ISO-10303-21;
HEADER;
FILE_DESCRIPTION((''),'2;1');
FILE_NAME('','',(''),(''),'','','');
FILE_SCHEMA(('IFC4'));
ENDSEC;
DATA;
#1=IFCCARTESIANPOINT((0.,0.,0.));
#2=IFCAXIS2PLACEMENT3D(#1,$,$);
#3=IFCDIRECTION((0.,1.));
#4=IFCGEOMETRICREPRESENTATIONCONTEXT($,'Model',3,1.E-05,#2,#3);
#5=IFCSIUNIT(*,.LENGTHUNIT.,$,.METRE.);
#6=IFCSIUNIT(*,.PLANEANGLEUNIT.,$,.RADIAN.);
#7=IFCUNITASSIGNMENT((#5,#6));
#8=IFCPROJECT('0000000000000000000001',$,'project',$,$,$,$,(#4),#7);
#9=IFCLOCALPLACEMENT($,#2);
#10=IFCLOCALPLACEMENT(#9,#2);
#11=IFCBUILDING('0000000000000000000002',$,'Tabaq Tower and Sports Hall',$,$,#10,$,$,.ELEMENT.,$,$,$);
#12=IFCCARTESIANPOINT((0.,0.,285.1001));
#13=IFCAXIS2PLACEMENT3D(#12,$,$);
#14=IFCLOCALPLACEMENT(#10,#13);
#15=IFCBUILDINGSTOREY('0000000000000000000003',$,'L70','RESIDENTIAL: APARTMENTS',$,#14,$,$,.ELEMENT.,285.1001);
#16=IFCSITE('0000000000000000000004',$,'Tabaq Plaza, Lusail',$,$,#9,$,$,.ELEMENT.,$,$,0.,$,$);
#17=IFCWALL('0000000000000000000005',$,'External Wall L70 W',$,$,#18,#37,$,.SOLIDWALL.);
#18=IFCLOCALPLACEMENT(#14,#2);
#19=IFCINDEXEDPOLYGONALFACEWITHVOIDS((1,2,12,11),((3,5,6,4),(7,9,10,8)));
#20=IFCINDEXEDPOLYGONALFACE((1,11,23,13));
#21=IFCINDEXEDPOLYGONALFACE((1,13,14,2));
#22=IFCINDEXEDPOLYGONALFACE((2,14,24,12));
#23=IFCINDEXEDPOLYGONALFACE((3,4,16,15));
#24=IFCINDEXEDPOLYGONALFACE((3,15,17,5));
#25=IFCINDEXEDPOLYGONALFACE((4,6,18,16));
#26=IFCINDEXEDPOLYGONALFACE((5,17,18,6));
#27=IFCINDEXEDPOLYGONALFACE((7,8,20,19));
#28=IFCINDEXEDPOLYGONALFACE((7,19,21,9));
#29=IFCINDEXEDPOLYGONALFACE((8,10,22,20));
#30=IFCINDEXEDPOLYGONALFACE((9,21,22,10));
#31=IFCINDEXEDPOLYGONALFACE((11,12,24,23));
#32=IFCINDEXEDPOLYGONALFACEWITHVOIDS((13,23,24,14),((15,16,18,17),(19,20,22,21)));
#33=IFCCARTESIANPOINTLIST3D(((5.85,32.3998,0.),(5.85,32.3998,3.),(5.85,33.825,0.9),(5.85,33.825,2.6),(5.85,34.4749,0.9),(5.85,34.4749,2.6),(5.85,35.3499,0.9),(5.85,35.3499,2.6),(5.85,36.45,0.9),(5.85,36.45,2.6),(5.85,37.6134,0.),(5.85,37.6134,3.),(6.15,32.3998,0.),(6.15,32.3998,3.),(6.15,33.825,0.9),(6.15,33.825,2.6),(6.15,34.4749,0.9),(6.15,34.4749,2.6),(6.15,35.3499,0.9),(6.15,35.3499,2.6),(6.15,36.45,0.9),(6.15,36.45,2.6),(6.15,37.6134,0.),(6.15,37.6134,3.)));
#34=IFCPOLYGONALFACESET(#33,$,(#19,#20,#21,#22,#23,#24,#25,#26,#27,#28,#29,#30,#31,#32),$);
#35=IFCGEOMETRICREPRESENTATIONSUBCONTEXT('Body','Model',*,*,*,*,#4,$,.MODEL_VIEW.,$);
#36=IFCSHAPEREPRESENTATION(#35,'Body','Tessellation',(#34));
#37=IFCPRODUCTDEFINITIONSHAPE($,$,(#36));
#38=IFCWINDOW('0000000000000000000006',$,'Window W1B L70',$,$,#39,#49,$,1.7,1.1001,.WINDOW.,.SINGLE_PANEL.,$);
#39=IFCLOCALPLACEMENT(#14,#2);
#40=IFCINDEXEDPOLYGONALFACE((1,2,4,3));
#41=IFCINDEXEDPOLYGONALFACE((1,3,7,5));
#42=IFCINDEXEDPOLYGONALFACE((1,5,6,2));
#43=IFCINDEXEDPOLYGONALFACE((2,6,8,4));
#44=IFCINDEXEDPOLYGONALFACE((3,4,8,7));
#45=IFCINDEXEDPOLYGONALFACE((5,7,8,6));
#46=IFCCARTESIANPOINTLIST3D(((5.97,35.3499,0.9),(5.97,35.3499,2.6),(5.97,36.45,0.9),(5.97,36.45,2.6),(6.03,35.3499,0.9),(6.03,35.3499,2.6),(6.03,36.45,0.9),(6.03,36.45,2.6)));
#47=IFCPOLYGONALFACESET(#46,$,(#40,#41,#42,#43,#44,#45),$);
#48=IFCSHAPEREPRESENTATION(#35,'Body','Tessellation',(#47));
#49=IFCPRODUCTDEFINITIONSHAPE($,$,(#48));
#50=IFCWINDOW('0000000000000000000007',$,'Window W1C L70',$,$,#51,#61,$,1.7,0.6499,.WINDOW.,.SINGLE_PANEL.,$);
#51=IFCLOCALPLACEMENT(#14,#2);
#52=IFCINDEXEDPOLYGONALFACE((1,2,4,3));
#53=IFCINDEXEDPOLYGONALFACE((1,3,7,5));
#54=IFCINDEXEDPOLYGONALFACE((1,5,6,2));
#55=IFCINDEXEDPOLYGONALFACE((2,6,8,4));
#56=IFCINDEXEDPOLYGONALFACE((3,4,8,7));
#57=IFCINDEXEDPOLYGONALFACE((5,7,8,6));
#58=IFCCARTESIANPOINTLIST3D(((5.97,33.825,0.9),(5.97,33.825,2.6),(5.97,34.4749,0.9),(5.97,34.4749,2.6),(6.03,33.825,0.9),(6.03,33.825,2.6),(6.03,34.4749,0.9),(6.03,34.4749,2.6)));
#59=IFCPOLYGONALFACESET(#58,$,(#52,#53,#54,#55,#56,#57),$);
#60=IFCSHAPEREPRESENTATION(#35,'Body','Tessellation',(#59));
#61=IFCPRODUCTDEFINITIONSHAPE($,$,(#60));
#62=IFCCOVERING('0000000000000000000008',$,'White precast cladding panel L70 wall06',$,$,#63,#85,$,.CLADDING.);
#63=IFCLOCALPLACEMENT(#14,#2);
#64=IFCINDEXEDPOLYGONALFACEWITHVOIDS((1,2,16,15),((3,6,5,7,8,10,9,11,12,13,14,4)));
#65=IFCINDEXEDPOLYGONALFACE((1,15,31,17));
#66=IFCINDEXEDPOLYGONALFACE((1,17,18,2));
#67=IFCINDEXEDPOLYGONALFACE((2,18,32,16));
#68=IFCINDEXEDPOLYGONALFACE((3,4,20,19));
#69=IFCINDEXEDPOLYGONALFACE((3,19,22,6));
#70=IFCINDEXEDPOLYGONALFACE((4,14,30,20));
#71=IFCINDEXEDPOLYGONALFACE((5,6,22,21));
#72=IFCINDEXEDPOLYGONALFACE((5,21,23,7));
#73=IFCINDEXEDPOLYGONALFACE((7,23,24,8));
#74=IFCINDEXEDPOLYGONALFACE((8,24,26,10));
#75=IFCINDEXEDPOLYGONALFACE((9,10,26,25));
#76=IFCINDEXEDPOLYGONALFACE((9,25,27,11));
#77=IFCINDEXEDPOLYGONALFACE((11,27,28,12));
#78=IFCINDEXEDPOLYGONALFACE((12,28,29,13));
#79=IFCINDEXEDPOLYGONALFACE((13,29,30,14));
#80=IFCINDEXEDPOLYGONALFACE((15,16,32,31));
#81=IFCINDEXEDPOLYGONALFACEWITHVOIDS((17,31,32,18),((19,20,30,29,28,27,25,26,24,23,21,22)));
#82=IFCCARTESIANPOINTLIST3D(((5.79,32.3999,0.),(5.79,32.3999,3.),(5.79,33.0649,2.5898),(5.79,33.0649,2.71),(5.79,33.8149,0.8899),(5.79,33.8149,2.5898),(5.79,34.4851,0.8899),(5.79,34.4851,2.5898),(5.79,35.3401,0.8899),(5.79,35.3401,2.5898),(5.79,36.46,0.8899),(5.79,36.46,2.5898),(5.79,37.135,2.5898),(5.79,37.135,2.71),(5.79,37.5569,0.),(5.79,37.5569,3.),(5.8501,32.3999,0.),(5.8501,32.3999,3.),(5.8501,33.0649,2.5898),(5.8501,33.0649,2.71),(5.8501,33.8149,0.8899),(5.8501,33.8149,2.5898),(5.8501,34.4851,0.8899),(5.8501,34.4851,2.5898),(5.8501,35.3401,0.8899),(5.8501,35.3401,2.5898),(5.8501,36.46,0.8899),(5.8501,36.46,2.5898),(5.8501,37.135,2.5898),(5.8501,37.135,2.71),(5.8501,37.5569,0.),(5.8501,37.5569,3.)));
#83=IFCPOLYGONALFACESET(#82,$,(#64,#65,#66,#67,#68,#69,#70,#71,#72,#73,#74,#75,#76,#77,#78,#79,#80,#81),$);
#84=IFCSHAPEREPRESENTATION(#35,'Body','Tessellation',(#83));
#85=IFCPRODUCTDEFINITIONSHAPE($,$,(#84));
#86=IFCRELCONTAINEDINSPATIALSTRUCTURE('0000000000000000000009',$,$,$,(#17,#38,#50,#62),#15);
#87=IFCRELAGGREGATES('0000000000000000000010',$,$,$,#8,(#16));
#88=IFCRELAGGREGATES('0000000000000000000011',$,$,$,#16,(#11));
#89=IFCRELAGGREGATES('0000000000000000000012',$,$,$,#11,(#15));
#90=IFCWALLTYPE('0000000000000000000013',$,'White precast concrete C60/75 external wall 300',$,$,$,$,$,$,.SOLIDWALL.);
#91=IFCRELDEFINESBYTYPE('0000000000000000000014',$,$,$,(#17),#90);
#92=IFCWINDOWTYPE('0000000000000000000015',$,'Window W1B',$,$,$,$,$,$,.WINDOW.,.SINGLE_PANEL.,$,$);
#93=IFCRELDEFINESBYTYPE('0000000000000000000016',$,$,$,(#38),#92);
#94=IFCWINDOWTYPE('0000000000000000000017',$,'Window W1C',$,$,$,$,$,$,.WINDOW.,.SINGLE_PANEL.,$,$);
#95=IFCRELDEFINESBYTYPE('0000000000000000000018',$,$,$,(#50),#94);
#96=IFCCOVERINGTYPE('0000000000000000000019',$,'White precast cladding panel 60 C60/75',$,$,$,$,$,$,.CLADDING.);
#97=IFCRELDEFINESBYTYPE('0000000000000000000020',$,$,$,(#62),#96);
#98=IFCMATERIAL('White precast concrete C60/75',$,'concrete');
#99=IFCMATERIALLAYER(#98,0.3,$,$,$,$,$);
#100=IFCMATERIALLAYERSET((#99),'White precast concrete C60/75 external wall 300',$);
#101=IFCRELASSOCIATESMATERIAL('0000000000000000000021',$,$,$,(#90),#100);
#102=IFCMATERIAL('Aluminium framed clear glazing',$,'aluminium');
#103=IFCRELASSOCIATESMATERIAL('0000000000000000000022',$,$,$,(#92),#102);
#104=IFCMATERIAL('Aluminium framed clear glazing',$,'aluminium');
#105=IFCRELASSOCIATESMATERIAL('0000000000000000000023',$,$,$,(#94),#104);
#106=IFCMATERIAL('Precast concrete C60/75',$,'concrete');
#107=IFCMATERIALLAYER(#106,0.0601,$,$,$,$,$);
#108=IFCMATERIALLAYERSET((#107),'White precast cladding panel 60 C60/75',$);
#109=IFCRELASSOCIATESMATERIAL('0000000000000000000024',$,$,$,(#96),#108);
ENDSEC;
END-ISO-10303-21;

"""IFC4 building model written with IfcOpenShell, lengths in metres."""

from ifc_helpers import new_model, si_unit, direction, frame, frame_2d, origin, place, context, subcontext, project, spatial, polyline, rectangle, outline, extrude, material, layer, layer_set, type_object, element, fill, save


model = new_model("IFC4")

# Units and contexts
model_context = context("Model", 3, precision=1e-05, world=origin(), true_north=direction((0.0, 1.0)))
body_context = subcontext(model_context, "Body", "Model", "MODEL_VIEW")
ifc_project = project(units=[si_unit("LENGTHUNIT", "METRE"), si_unit("PLANEANGLEUNIT", "RADIAN")], contexts=[model_context])

# Site, building, storey
site_placement = place(None, origin())
site = spatial("IfcSite", under=ifc_project, at=site_placement, Name="Tabaq Plaza, Lusail", CompositionType="ELEMENT", RefElevation=0.0)
building_placement = place(site_placement, origin())
building = spatial("IfcBuilding", under=site, at=building_placement, Name="Tabaq Tower and Sports Hall", CompositionType="ELEMENT")
storey_placement = place(building_placement, frame((0.0, 0.0, 285.1001)))
storey = spatial("IfcBuildingStorey", under=building, at=storey_placement, Name="L70", Description="RESIDENTIAL: APARTMENTS", CompositionType="ELEMENT", Elevation=285.1001)

# Wall, openings, windows
ifc_material_1 = material(Name="White precast concrete C60/75", Category="concrete")
ifc_layer_1 = layer(ifc_material_1, 0.3)
ifc_layer_set_1 = layer_set([ifc_layer_1], Name="White precast concrete C60/75 external wall 300")
wall_type_1 = type_object("IfcWallType", Name="White precast concrete C60/75 external wall 300", PredefinedType="SOLIDWALL", material=ifc_layer_set_1)
wall_1_placement = place(storey_placement, frame((6.0, 37.6135, 0.0), z_axis=(0.0, 0.0, 1.0), x_axis=(0.0, -1.0, 0.0)))
wall_1 = element("IfcWall", 1, at=wall_1_placement, inside=storey, type_object=wall_type_1, Name="External Wall L70 W", PredefinedType="SOLIDWALL", context=body_context, shape_type="SweptSolid", body=[
    extrude(rectangle(XDim=5.2136, YDim=0.3, at=frame_2d((2.6069, 0.0))), origin(), (0.0, 0.0, 1.0), 3.0),
])
opening_1_placement = place(wall_1_placement, frame((1.1636, 0.0, 0.8999)))
opening_1 = element("IfcOpeningElement", 2, at=opening_1_placement, cuts=wall_1, PredefinedType="OPENING", context=body_context, shape_type="SweptSolid", body=[
    extrude(rectangle(XDim=1.1001, YDim=1.7, at=frame_2d((0.55, 0.8501))), frame((0.0, 0.1602, 0.0), z_axis=(0.0, -1.0, 0.0), x_axis=(1.0, 0.0, 0.0)), (0.0, 0.0, 1.0), 0.3201),
])
opening_2_placement = place(wall_1_placement, frame((3.1387, 0.0, 0.8999)))
opening_2 = element("IfcOpeningElement", 3, at=opening_2_placement, cuts=wall_1, PredefinedType="OPENING", context=body_context, shape_type="SweptSolid", body=[
    extrude(rectangle(XDim=0.6499, YDim=1.7, at=frame_2d((0.325, 0.8501))), frame((0.0, 0.1602, 0.0), z_axis=(0.0, -1.0, 0.0), x_axis=(1.0, 0.0, 0.0)), (0.0, 0.0, 1.0), 0.3201),
])
ifc_material_2 = material(Name="Aluminium framed clear glazing", Category="aluminium")
window_type_1 = type_object("IfcWindowType", Name="Window W1B", PartitioningType="SINGLE_PANEL", PredefinedType="WINDOW", material=ifc_material_2)
window_1_placement = place(opening_1_placement, origin())
window_1 = element("IfcWindow", 4, at=window_1_placement, inside=storey, type_object=window_type_1, Name="Window W1B L70", OverallHeight=1.7, OverallWidth=1.1001, PartitioningType="SINGLE_PANEL", PredefinedType="WINDOW", context=body_context, shape_type="SweptSolid", body=[
    extrude(rectangle(XDim=1.1001, YDim=1.7, at=frame_2d((0.55, 0.8501))), frame((0.0, 0.03, 0.0), z_axis=(0.0, -1.0, 0.0), x_axis=(1.0, 0.0, 0.0)), (0.0, 0.0, 1.0), 0.0601),
])
fill(opening_1, window_1)
ifc_material_3 = material(Name="Aluminium framed clear glazing", Category="aluminium")
window_type_2 = type_object("IfcWindowType", Name="Window W1C", PartitioningType="SINGLE_PANEL", PredefinedType="WINDOW", material=ifc_material_3)
window_2_placement = place(opening_2_placement, origin())
window_2 = element("IfcWindow", 5, at=window_2_placement, inside=storey, type_object=window_type_2, Name="Window W1C L70", OverallHeight=1.7, OverallWidth=0.6499, PartitioningType="SINGLE_PANEL", PredefinedType="WINDOW", context=body_context, shape_type="SweptSolid", body=[
    extrude(rectangle(XDim=0.6499, YDim=1.7, at=frame_2d((0.325, 0.8501))), frame((0.0, 0.03, 0.0), z_axis=(0.0, -1.0, 0.0), x_axis=(1.0, 0.0, 0.0)), (0.0, 0.0, 1.0), 0.0601),
])
fill(opening_2, window_2)

# Covering
ifc_material_4 = material(Name="Precast concrete C60/75", Category="concrete")
ifc_layer_2 = layer(ifc_material_4, 0.0601)
ifc_layer_set_2 = layer_set([ifc_layer_2], Name="White precast cladding panel 60 C60/75")
covering_type = type_object("IfcCoveringType", Name="White precast cladding panel 60 C60/75", PredefinedType="CLADDING", material=ifc_layer_set_2)
covering_placement = place(storey_placement, frame((5.8201, 37.5569, 0.0), z_axis=(0.0, 0.0, 1.0), x_axis=(0.0, -1.0, 0.0)))
element("IfcCovering", 6, at=covering_placement, inside=storey, type_object=covering_type, Name="White precast cladding panel L70 wall06", PredefinedType="CLADDING", context=body_context, shape_type="SweptSolid", body=[
    extrude(outline(polyline([(0.0, 0.0), (5.157, 0.0), (5.157, 3.0), (0.0, 3.0), (0.0, 0.0)]), holes=[polyline([(1.0969, 2.5898), (0.4219, 2.5898), (0.4219, 2.71), (4.4919, 2.71), (4.4919, 2.5898), (3.7419, 2.5898), (3.7419, 0.8899), (3.0718, 0.8899), (3.0718, 2.5898), (2.2168, 2.5898), (2.2168, 0.8899), (1.0969, 0.8899), (1.0969, 2.5898)])]), frame((0.0, 0.03, 0.0), z_axis=(0.0, -1.0, 0.0), x_axis=(1.0, 0.0, 0.0)), (0.0, 0.0, 1.0), 0.0601),
])

save(model, "model.ifc")
